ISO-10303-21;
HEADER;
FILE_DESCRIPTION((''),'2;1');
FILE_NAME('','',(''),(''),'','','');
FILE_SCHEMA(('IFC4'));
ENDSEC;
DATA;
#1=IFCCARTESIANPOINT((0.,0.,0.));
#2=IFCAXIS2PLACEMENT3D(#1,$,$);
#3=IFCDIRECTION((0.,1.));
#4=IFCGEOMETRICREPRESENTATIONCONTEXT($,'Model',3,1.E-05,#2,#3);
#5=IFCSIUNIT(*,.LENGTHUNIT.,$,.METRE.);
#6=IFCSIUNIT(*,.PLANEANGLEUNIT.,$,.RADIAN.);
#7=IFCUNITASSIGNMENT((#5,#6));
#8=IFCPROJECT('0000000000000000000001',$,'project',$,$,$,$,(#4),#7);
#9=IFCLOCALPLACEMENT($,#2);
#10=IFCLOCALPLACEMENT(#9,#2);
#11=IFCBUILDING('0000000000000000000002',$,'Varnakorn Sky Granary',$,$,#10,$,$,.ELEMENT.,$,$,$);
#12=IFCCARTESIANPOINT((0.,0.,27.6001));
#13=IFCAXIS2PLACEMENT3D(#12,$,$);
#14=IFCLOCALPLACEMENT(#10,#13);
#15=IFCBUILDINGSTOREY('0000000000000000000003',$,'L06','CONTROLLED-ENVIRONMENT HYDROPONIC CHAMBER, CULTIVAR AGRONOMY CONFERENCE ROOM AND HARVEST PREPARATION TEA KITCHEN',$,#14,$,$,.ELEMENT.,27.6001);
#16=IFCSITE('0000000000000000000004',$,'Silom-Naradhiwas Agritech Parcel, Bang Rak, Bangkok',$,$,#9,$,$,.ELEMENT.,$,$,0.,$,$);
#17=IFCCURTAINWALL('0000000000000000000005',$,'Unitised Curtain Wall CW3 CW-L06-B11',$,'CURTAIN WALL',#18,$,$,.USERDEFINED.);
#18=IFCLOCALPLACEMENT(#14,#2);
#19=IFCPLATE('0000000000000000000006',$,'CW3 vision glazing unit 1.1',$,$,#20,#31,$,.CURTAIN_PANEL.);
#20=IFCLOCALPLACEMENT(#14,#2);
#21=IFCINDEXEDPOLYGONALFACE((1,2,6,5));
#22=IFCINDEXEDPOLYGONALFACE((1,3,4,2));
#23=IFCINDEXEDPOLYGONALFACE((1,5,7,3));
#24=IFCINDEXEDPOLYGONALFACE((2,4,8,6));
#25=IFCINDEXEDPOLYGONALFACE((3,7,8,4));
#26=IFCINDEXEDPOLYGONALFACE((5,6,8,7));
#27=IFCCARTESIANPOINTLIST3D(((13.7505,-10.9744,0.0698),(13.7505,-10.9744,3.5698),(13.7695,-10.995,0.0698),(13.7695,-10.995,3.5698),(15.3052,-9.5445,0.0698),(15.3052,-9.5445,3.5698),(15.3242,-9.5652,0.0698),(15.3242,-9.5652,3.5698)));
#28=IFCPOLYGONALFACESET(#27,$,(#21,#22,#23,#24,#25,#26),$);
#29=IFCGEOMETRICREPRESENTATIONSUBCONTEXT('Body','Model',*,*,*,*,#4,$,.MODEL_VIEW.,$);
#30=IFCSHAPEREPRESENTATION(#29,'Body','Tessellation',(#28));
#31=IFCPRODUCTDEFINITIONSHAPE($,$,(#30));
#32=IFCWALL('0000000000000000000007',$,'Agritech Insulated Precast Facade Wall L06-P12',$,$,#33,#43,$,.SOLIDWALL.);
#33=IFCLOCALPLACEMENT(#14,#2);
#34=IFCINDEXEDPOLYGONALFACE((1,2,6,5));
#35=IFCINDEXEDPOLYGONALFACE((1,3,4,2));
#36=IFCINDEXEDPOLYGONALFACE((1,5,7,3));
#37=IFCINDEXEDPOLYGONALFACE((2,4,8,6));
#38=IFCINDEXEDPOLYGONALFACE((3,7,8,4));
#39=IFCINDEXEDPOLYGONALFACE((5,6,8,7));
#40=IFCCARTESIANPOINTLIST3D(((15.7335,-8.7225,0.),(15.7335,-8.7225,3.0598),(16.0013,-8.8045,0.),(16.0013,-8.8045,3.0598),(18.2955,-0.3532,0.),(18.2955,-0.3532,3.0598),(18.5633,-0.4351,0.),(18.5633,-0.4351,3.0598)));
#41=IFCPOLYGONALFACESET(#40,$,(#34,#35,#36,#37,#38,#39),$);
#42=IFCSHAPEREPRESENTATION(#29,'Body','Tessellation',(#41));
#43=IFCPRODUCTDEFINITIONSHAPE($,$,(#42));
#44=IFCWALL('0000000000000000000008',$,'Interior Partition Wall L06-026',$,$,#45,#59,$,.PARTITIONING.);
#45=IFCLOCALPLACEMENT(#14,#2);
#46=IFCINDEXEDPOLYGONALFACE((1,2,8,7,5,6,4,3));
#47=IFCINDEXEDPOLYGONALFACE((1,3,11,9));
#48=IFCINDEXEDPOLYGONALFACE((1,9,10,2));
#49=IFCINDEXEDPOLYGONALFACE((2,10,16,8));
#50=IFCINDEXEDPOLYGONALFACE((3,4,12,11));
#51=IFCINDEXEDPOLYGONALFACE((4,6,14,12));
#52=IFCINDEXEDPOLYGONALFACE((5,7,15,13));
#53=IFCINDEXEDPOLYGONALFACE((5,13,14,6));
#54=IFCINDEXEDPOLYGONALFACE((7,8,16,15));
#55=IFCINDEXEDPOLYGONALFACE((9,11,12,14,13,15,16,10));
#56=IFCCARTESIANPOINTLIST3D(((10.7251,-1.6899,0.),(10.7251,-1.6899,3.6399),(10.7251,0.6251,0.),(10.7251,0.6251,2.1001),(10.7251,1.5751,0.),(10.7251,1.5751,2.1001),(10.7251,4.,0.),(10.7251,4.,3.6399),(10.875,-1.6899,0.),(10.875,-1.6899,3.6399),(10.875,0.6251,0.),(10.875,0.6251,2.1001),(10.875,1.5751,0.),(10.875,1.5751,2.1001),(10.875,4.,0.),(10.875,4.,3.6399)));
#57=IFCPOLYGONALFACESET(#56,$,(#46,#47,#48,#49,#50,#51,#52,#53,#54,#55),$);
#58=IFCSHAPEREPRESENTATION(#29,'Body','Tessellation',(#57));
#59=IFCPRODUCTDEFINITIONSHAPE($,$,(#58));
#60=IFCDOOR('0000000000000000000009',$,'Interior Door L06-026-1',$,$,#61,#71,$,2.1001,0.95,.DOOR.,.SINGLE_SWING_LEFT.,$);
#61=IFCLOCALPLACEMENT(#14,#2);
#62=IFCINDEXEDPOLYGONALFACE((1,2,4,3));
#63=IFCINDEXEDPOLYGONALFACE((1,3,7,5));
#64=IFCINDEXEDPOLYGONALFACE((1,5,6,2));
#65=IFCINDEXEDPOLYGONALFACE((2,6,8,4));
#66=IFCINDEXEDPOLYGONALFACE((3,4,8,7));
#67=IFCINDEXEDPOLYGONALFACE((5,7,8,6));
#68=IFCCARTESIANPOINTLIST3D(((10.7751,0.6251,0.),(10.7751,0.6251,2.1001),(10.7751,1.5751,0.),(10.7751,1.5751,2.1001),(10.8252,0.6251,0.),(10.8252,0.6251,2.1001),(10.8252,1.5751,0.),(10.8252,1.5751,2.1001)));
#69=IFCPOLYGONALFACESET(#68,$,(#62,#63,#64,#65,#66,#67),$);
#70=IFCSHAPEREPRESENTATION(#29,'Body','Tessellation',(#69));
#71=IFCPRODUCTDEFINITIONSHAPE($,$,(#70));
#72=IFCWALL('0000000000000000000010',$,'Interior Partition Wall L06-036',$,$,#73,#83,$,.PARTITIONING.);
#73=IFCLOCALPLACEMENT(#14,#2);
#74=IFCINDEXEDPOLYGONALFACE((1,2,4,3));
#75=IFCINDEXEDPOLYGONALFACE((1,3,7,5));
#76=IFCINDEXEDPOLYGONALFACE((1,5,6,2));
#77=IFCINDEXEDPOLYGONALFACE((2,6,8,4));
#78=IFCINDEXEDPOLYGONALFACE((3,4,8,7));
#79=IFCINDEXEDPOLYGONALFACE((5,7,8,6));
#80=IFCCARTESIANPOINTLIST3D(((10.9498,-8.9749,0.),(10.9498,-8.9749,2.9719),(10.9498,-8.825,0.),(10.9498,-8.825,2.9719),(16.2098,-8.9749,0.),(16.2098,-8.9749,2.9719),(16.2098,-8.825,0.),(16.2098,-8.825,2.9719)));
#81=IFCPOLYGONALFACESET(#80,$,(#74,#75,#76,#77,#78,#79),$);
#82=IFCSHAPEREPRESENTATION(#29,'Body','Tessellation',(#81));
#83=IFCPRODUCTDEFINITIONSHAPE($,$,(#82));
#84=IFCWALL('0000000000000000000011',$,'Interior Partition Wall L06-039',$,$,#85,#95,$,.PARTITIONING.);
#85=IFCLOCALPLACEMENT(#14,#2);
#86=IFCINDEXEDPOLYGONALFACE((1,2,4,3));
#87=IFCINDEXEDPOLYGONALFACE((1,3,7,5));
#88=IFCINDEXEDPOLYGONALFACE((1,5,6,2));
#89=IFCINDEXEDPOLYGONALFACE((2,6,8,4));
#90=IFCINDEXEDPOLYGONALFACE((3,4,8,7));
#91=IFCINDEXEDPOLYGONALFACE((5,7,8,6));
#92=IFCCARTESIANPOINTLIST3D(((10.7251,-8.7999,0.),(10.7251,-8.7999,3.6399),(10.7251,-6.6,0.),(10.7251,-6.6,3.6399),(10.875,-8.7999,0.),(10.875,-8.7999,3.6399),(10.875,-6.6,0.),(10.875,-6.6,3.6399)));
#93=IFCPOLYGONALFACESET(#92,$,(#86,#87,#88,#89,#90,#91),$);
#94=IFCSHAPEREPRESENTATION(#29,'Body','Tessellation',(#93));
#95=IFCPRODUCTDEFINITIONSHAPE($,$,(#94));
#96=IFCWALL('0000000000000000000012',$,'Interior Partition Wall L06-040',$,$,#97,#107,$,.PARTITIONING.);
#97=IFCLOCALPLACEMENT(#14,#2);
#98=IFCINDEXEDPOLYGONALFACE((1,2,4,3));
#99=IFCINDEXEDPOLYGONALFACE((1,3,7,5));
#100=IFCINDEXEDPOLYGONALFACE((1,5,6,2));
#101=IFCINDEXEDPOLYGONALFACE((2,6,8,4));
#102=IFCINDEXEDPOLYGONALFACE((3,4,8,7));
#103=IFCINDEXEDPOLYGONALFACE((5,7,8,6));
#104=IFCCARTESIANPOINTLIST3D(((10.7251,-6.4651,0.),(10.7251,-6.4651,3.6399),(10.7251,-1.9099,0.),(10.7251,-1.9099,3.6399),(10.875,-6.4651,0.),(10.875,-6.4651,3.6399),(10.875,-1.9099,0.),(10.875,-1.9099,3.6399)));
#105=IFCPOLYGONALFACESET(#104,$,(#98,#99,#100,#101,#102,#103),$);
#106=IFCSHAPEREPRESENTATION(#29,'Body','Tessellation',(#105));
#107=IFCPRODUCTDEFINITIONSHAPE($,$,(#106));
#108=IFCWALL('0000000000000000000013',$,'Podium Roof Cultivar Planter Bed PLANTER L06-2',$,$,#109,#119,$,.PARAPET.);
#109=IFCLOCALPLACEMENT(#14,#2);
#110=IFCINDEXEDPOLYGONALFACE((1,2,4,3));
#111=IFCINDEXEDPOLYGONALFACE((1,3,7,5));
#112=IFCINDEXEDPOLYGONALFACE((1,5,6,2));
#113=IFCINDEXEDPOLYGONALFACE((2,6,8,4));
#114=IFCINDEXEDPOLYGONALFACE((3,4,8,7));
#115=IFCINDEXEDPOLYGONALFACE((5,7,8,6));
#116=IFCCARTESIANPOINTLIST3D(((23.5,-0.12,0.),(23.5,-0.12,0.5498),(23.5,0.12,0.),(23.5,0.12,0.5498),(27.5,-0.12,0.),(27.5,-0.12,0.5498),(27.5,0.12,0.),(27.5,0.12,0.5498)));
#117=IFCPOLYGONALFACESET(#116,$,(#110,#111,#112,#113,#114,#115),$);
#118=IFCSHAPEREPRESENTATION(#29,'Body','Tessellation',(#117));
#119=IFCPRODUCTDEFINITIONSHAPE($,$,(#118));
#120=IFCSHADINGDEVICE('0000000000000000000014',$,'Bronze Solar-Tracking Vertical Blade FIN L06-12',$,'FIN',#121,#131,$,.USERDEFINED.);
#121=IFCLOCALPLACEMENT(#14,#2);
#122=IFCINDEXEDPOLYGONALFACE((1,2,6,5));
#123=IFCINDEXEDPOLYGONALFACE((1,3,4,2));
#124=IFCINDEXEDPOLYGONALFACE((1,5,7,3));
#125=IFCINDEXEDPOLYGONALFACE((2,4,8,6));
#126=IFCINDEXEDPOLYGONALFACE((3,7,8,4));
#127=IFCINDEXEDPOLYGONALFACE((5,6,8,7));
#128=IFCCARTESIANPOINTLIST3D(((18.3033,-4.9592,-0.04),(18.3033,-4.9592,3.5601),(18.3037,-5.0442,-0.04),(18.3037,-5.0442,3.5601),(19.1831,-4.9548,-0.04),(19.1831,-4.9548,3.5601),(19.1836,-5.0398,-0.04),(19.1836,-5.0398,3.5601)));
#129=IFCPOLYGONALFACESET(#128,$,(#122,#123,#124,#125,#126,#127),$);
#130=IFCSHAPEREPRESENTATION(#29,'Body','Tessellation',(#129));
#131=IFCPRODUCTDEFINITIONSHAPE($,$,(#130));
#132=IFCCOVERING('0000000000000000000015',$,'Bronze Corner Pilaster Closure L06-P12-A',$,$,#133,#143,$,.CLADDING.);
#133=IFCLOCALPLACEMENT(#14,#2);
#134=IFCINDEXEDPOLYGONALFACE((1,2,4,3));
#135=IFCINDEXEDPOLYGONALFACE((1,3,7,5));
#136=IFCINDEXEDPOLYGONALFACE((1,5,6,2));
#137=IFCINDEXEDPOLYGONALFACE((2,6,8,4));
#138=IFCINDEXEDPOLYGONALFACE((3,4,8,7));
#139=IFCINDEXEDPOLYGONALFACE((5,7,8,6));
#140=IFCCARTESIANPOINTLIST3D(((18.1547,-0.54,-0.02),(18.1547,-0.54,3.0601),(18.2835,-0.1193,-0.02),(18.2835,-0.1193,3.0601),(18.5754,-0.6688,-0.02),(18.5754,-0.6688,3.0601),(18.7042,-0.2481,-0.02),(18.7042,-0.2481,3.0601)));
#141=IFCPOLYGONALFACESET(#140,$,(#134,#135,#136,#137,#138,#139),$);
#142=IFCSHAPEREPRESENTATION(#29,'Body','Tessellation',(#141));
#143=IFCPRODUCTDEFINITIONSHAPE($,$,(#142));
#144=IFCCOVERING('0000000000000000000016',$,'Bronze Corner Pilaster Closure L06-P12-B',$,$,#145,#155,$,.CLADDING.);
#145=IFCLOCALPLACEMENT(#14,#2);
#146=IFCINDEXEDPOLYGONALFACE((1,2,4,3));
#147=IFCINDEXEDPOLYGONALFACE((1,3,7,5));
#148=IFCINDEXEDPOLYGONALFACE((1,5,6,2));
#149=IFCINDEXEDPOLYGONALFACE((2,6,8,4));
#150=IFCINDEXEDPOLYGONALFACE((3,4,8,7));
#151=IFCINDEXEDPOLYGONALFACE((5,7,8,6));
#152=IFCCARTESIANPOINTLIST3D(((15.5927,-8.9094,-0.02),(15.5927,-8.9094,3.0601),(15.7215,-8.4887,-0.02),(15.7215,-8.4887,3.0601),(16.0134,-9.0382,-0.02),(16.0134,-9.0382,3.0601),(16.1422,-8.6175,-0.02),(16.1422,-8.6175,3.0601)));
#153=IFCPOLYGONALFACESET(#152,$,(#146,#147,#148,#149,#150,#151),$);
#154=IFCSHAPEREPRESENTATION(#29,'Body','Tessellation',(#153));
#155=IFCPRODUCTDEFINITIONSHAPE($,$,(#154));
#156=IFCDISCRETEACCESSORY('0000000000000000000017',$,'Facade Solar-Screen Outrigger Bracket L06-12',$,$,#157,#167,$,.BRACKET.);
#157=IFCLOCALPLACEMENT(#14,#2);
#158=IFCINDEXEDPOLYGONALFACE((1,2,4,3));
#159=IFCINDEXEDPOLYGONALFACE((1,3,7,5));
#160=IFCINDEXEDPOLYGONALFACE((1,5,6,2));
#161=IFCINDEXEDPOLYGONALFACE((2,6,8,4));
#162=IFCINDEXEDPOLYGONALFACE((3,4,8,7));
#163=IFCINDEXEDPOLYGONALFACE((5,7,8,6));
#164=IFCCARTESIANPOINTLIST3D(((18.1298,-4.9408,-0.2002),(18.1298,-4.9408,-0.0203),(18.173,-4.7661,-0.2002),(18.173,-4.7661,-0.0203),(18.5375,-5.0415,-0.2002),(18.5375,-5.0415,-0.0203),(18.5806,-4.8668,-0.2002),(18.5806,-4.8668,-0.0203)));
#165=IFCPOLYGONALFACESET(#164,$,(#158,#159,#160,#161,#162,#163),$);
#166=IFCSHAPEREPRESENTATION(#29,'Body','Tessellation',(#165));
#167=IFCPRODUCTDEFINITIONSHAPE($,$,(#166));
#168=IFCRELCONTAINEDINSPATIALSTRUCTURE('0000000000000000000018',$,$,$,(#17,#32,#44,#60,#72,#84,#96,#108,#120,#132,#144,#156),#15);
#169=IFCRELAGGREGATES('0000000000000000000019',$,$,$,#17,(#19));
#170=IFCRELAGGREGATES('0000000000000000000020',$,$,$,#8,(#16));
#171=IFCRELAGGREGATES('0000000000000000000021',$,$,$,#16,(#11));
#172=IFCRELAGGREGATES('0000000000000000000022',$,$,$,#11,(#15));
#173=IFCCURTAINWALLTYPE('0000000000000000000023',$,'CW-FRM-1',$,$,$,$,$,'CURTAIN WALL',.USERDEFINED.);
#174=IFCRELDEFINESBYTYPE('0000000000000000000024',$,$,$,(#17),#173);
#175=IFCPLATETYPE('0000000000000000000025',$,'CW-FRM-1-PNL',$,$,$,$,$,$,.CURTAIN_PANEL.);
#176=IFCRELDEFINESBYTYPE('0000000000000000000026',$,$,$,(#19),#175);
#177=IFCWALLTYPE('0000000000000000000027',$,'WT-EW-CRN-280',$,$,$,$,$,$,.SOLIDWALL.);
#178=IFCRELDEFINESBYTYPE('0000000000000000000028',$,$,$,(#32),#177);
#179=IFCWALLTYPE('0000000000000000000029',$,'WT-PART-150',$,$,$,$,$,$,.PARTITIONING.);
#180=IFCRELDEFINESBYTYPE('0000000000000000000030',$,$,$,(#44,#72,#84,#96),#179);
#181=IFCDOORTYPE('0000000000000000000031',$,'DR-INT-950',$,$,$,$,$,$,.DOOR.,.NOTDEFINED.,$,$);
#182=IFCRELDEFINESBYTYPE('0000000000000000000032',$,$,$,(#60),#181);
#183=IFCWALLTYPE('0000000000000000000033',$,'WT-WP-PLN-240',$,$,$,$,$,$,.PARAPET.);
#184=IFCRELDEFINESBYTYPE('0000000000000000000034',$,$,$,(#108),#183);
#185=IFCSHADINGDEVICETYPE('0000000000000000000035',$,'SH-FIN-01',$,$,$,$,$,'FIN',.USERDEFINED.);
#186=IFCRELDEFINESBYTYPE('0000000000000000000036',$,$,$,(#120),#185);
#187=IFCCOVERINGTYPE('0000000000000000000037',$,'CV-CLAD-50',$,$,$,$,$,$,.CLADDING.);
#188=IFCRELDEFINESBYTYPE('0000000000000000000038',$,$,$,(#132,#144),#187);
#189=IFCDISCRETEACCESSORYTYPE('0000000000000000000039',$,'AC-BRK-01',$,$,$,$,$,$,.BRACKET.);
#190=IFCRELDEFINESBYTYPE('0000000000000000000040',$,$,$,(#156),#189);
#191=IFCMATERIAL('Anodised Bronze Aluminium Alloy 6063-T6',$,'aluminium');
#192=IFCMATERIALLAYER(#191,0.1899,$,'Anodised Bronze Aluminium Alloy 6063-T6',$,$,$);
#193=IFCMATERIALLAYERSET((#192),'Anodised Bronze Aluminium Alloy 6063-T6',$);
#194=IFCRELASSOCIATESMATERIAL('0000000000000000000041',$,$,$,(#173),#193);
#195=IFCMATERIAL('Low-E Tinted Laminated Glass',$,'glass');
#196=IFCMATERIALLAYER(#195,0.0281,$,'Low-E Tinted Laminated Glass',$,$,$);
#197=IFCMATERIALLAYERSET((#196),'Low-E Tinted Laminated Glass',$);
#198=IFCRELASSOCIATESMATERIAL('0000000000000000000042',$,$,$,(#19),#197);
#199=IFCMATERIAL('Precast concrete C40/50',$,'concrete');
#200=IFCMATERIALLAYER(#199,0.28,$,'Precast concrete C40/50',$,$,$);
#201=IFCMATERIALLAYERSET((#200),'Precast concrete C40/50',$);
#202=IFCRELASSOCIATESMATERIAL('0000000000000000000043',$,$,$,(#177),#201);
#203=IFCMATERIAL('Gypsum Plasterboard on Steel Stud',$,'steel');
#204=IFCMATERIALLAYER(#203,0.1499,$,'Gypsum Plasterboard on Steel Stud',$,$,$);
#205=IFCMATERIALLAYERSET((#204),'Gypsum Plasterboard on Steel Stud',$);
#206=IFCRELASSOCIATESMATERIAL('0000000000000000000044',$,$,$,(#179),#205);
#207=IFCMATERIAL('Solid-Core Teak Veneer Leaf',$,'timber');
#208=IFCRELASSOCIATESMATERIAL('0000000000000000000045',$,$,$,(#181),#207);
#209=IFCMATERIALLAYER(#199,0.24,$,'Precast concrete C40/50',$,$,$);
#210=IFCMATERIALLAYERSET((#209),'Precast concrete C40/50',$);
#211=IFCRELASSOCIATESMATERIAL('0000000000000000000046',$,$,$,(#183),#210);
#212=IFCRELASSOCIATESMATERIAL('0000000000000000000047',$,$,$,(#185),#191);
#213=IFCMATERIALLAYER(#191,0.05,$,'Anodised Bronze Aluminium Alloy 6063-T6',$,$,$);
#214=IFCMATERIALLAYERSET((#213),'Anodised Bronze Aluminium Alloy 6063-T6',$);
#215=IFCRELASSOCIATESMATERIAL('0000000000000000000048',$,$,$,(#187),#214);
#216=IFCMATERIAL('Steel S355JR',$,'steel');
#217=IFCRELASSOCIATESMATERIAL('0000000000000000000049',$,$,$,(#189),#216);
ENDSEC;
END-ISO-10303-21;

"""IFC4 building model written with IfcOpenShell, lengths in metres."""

from ifc_helpers import new_model, si_unit, direction, frame, frame_2d, origin, origin_2d, place, context, subcontext, project, spatial, rectangle, extrude, source, transform, mapped, material, layer, layer_set, type_object, type_shapes, element, fill, aggregate, save


model = new_model("IFC4")

# Units and contexts
model_context = context("Model", 3, precision=1e-05, world=origin(), true_north=direction((0.0, 1.0)))
body_context = subcontext(model_context, "Body", "Model", "MODEL_VIEW")
ifc_project = project(units=[si_unit("LENGTHUNIT", "METRE"), si_unit("PLANEANGLEUNIT", "RADIAN")], contexts=[model_context])

# Site, building, storey
site_placement = place(None, origin())
site = spatial("IfcSite", under=ifc_project, at=site_placement, Name="Silom-Naradhiwas Agritech Parcel, Bang Rak, Bangkok", CompositionType="ELEMENT", RefElevation=0.0)
building_placement = place(site_placement, origin())
building = spatial("IfcBuilding", under=site, at=building_placement, Name="Varnakorn Sky Granary", CompositionType="ELEMENT")
storey_placement = place(building_placement, frame((0.0, 0.0, 27.6001)))
storey = spatial("IfcBuildingStorey", under=building, at=storey_placement, Name="L06", Description="CONTROLLED-ENVIRONMENT HYDROPONIC CHAMBER, CULTIVAR AGRONOMY CONFERENCE ROOM AND HARVEST PREPARATION TEA KITCHEN", CompositionType="ELEMENT", Elevation=27.6001)

# Shared definitions
ifc_material_1 = material(Name="Steel S355JR", Category="steel")

# Curtain wall
ifc_material_2 = material(Name="Anodised Bronze Aluminium Alloy 6063-T6", Category="aluminium")
ifc_layer_1 = layer(ifc_material_2, 0.1899, Name="Anodised Bronze Aluminium Alloy 6063-T6")
ifc_layer_set_1 = layer_set([ifc_layer_1], Name="Anodised Bronze Aluminium Alloy 6063-T6")
curtain_wall_type = type_object("IfcCurtainWallType", Name="CW-FRM-1", ElementType="CURTAIN WALL", PredefinedType="USERDEFINED", material=ifc_layer_set_1)
curtain_wall_placement = place(storey_placement, origin())
curtain_wall = element("IfcCurtainWall", 1, at=curtain_wall_placement, inside=storey, type_object=curtain_wall_type, Name="Unitised Curtain Wall CW3 CW-L06-B11", ObjectType="CURTAIN WALL", PredefinedType="USERDEFINED")

# Plate
ifc_material_3 = material(Name="Low-E Tinted Laminated Glass", Category="glass")
ifc_layer_2 = layer(ifc_material_3, 0.0281, Name="Low-E Tinted Laminated Glass")
ifc_layer_set_2 = layer_set([ifc_layer_2], Name="Low-E Tinted Laminated Glass")
plate_type = type_object("IfcPlateType", Name="CW-FRM-1-PNL", PredefinedType="CURTAIN_PANEL")
shared_shape_1 = source(origin(), body_context, "Body", "SweptSolid", [
    extrude(rectangle(XDim=2.1123, YDim=0.0281, at=origin_2d()), origin(), (0.0, 0.0, 1.0), 3.5),
])
type_shapes(plate_type, [shared_shape_1])
plate_placement = place(storey_placement, frame((14.5374, -10.2698, 0.0698), z_axis=(0.0, 0.0, 1.0), x_axis=(-0.736062, -0.676914, 0.0)))
plate = element("IfcPlate", 2, at=plate_placement, type_object=plate_type, material=ifc_layer_set_2, Name="CW3 vision glazing unit 1.1", PredefinedType="CURTAIN_PANEL", context=body_context, shape_type="MappedRepresentation", body=[
    mapped(shared_shape_1, transform((0.0, 0.0, 0.0), x_axis=(1.0, 0.0, 0.0), y_axis=(0.0, 1.0, 0.0), z_axis=(0.0, 0.0, 1.0), scale=1.0)),
])
aggregate(curtain_wall, [plate])

# Wall
ifc_material_4 = material(Name="Precast concrete C40/50", Category="concrete")
ifc_layer_3 = layer(ifc_material_4, 0.28, Name="Precast concrete C40/50")
ifc_layer_set_3 = layer_set([ifc_layer_3], Name="Precast concrete C40/50")
wall_type_1 = type_object("IfcWallType", Name="WT-EW-CRN-280", PredefinedType="SOLIDWALL", material=ifc_layer_set_3)
wall_1_placement = place(storey_placement, frame((18.4294, -0.394, 0.0), z_axis=(0.0, 0.0, 1.0), x_axis=(-0.29271, -0.956201, 0.0)))
element("IfcWall", 3, at=wall_1_placement, inside=storey, type_object=wall_type_1, Name="Agritech Insulated Precast Facade Wall L06-P12", PredefinedType="SOLIDWALL", context=body_context, shape_type="SweptSolid", body=[
    extrude(rectangle(XDim=8.7527, YDim=0.28, at=frame_2d((4.3765, 0.0))), origin(), (0.0, 0.0, 1.0), 3.0598),
])

# Wall, opening, door
ifc_material_5 = material(Name="Gypsum Plasterboard on Steel Stud", Category="steel")
ifc_layer_4 = layer(ifc_material_5, 0.1499, Name="Gypsum Plasterboard on Steel Stud")
ifc_layer_set_4 = layer_set([ifc_layer_4], Name="Gypsum Plasterboard on Steel Stud")
wall_type_2 = type_object("IfcWallType", Name="WT-PART-150", PredefinedType="PARTITIONING", material=ifc_layer_set_4)
wall_2_placement = place(storey_placement, frame((10.8, -1.6899, 0.0), z_axis=(0.0, 0.0, 1.0), x_axis=(0.0, 1.0, 0.0)))
wall_2 = element("IfcWall", 4, at=wall_2_placement, inside=storey, type_object=wall_type_2, Name="Interior Partition Wall L06-026", PredefinedType="PARTITIONING", context=body_context, shape_type="SweptSolid", body=[
    extrude(rectangle(XDim=5.6899, YDim=0.1499, at=frame_2d((2.845, 0.0))), origin(), (0.0, 0.0, 1.0), 3.6399),
])
opening_placement = place(wall_2_placement, frame((2.3149, 0.0, 0.0)))
opening = element("IfcOpeningElement", 5, at=opening_placement, cuts=wall_2, PredefinedType="OPENING", context=body_context, shape_type="SweptSolid", body=[
    extrude(rectangle(XDim=0.95, YDim=2.1001, at=frame_2d((0.4751, 1.05))), frame((0.0, 0.085, 0.0), z_axis=(0.0, -1.0, 0.0), x_axis=(1.0, 0.0, 0.0)), (0.0, 0.0, 1.0), 0.1699),
])
ifc_material_6 = material(Name="Solid-Core Teak Veneer Leaf", Category="timber")
door_type = type_object("IfcDoorType", Name="DR-INT-950", OperationType="NOTDEFINED", PredefinedType="DOOR", material=ifc_material_6)
door_placement = place(opening_placement, origin())
door = element("IfcDoor", 6, at=door_placement, inside=storey, type_object=door_type, Name="Interior Door L06-026-1", OperationType="SINGLE_SWING_LEFT", OverallHeight=2.1001, OverallWidth=0.95, PredefinedType="DOOR", context=body_context, shape_type="SweptSolid", body=[
    extrude(rectangle(XDim=0.95, YDim=2.1001, at=frame_2d((0.4751, 1.05))), frame((0.0, 0.0249, 0.0), z_axis=(0.0, -1.0, 0.0), x_axis=(1.0, 0.0, 0.0)), (0.0, 0.0, 1.0), 0.05),
])
fill(opening, door)

# Walls
wall_3_placement = place(storey_placement, frame((10.95, -8.8999, 0.0), z_axis=(0.0, 0.0, 1.0), x_axis=(1.0, 0.0, 0.0)))
element("IfcWall", 7, at=wall_3_placement, inside=storey, type_object=wall_type_2, Name="Interior Partition Wall L06-036", PredefinedType="PARTITIONING", context=body_context, shape_type="SweptSolid", body=[
    extrude(rectangle(XDim=5.26, YDim=0.1499, at=frame_2d((2.6299, 0.0))), origin(), (0.0, 0.0, 1.0), 2.9719),
])
wall_4_placement = place(storey_placement, frame((10.8, -8.8, 0.0), z_axis=(0.0, 0.0, 1.0), x_axis=(0.0, 1.0, 0.0)))
element("IfcWall", 8, at=wall_4_placement, inside=storey, type_object=wall_type_2, Name="Interior Partition Wall L06-039", PredefinedType="PARTITIONING", context=body_context, shape_type="SweptSolid", body=[
    extrude(rectangle(XDim=2.2, YDim=0.1499, at=frame_2d((1.1001, 0.0))), origin(), (0.0, 0.0, 1.0), 3.6399),
])
wall_5_placement = place(storey_placement, frame((10.8, -6.4651, 0.0), z_axis=(0.0, 0.0, 1.0), x_axis=(0.0, 1.0, 0.0)))
element("IfcWall", 9, at=wall_5_placement, inside=storey, type_object=wall_type_2, Name="Interior Partition Wall L06-040", PredefinedType="PARTITIONING", context=body_context, shape_type="SweptSolid", body=[
    extrude(rectangle(XDim=4.5552, YDim=0.1499, at=frame_2d((2.2776, 0.0))), origin(), (0.0, 0.0, 1.0), 3.6399),
])
ifc_layer_5 = layer(ifc_material_4, 0.24, Name="Precast concrete C40/50")
ifc_layer_set_5 = layer_set([ifc_layer_5], Name="Precast concrete C40/50")
wall_type_3 = type_object("IfcWallType", Name="WT-WP-PLN-240", PredefinedType="PARAPET", material=ifc_layer_set_5)
wall_6_placement = place(storey_placement, frame((23.5, 0.0, 0.0), z_axis=(0.0, 0.0, 1.0), x_axis=(1.0, 0.0, 0.0)))
element("IfcWall", 10, at=wall_6_placement, inside=storey, type_object=wall_type_3, Name="Podium Roof Cultivar Planter Bed PLANTER L06-2", PredefinedType="PARAPET", context=body_context, shape_type="SweptSolid", body=[
    extrude(rectangle(XDim=4.0, YDim=0.24, at=frame_2d((2.0, 0.0))), origin(), (0.0, 0.0, 1.0), 0.5498),
])

# Shading device
shading_device_type = type_object("IfcShadingDeviceType", Name="SH-FIN-01", ElementType="FIN", PredefinedType="USERDEFINED", material=ifc_material_2)
shared_shape_2 = source(origin(), body_context, "Body", "SweptSolid", [
    extrude(rectangle(XDim=0.085, YDim=0.8799, at=origin_2d()), origin(), (0.0, 0.0, 1.0), 3.6001),
])
type_shapes(shading_device_type, [shared_shape_2])
shading_device_placement = place(storey_placement, frame((18.7434, -4.9995, -0.04), z_axis=(0.0, 0.0, 1.0), x_axis=(-0.005019, 0.999987, 0.0)))
element("IfcShadingDevice", 11, at=shading_device_placement, inside=storey, type_object=shading_device_type, Name="Bronze Solar-Tracking Vertical Blade FIN L06-12", ObjectType="FIN", PredefinedType="USERDEFINED", context=body_context, shape_type="MappedRepresentation", body=[
    mapped(shared_shape_2, transform((0.0, 0.0, 0.0), x_axis=(1.0, 0.0, 0.0), y_axis=(0.0, 1.0, 0.0), z_axis=(0.0, 0.0, 1.0), scale=1.0)),
])

# Coverings
ifc_layer_6 = layer(ifc_material_2, 0.05, Name="Anodised Bronze Aluminium Alloy 6063-T6")
ifc_layer_set_6 = layer_set([ifc_layer_6], Name="Anodised Bronze Aluminium Alloy 6063-T6")
covering_type = type_object("IfcCoveringType", Name="CV-CLAD-50", PredefinedType="CLADDING", material=ifc_layer_set_6)
shared_shape_3 = source(origin(), body_context, "Body", "SweptSolid", [
    extrude(rectangle(XDim=0.4399, YDim=0.4399, at=origin_2d()), origin(), (0.0, 0.0, 1.0), 3.0801),
])
type_shapes(covering_type, [shared_shape_3])
for number, where, z_axis, x_axis, name in (
    (12, (18.4294, -0.394, -0.02), (0.0, 0.0, 1.0), (-0.292706, -0.956203, 0.0), "Bronze Corner Pilaster Closure L06-P12-A"),
    (13, (15.8674, -8.7634, -0.02), (0.0, 0.0, 1.0), (-0.292706, -0.956203, 0.0), "Bronze Corner Pilaster Closure L06-P12-B"),
):
    element("IfcCovering", number, at=place(storey_placement, frame(where, z_axis=z_axis, x_axis=x_axis)), inside=storey, type_object=covering_type, Name=name, PredefinedType="CLADDING", context=body_context, shape_type="MappedRepresentation", body=[
        mapped(shared_shape_3, transform((0.0, 0.0, 0.0), x_axis=(1.0, 0.0, 0.0), y_axis=(0.0, 1.0, 0.0), z_axis=(0.0, 0.0, 1.0), scale=1.0)),
    ])

# Discrete accessory
discrete_accessory_type = type_object("IfcDiscreteAccessoryType", Name="AC-BRK-01", PredefinedType="BRACKET", material=ifc_material_1)
shared_shape_4 = source(origin(), body_context, "Body", "SweptSolid", [
    extrude(rectangle(XDim=0.1799, YDim=0.4199, at=origin_2d()), origin(), (0.0, 0.0, 1.0), 0.1799),
])
type_shapes(discrete_accessory_type, [shared_shape_4])
discrete_accessory_placement = place(storey_placement, frame((18.3552, -4.9038, -0.2002), z_axis=(0.0, 0.0, 1.0), x_axis=(0.239768, 0.97083, 0.0)))
element("IfcDiscreteAccessory", 14, at=discrete_accessory_placement, inside=storey, type_object=discrete_accessory_type, Name="Facade Solar-Screen Outrigger Bracket L06-12", PredefinedType="BRACKET", context=body_context, shape_type="MappedRepresentation", body=[
    mapped(shared_shape_4, transform((0.0, 0.0, 0.0), x_axis=(1.0, 0.0, 0.0), y_axis=(0.0, 1.0, 0.0), z_axis=(0.0, 0.0, 1.0), scale=1.0)),
])

save(model, "model.ifc")
